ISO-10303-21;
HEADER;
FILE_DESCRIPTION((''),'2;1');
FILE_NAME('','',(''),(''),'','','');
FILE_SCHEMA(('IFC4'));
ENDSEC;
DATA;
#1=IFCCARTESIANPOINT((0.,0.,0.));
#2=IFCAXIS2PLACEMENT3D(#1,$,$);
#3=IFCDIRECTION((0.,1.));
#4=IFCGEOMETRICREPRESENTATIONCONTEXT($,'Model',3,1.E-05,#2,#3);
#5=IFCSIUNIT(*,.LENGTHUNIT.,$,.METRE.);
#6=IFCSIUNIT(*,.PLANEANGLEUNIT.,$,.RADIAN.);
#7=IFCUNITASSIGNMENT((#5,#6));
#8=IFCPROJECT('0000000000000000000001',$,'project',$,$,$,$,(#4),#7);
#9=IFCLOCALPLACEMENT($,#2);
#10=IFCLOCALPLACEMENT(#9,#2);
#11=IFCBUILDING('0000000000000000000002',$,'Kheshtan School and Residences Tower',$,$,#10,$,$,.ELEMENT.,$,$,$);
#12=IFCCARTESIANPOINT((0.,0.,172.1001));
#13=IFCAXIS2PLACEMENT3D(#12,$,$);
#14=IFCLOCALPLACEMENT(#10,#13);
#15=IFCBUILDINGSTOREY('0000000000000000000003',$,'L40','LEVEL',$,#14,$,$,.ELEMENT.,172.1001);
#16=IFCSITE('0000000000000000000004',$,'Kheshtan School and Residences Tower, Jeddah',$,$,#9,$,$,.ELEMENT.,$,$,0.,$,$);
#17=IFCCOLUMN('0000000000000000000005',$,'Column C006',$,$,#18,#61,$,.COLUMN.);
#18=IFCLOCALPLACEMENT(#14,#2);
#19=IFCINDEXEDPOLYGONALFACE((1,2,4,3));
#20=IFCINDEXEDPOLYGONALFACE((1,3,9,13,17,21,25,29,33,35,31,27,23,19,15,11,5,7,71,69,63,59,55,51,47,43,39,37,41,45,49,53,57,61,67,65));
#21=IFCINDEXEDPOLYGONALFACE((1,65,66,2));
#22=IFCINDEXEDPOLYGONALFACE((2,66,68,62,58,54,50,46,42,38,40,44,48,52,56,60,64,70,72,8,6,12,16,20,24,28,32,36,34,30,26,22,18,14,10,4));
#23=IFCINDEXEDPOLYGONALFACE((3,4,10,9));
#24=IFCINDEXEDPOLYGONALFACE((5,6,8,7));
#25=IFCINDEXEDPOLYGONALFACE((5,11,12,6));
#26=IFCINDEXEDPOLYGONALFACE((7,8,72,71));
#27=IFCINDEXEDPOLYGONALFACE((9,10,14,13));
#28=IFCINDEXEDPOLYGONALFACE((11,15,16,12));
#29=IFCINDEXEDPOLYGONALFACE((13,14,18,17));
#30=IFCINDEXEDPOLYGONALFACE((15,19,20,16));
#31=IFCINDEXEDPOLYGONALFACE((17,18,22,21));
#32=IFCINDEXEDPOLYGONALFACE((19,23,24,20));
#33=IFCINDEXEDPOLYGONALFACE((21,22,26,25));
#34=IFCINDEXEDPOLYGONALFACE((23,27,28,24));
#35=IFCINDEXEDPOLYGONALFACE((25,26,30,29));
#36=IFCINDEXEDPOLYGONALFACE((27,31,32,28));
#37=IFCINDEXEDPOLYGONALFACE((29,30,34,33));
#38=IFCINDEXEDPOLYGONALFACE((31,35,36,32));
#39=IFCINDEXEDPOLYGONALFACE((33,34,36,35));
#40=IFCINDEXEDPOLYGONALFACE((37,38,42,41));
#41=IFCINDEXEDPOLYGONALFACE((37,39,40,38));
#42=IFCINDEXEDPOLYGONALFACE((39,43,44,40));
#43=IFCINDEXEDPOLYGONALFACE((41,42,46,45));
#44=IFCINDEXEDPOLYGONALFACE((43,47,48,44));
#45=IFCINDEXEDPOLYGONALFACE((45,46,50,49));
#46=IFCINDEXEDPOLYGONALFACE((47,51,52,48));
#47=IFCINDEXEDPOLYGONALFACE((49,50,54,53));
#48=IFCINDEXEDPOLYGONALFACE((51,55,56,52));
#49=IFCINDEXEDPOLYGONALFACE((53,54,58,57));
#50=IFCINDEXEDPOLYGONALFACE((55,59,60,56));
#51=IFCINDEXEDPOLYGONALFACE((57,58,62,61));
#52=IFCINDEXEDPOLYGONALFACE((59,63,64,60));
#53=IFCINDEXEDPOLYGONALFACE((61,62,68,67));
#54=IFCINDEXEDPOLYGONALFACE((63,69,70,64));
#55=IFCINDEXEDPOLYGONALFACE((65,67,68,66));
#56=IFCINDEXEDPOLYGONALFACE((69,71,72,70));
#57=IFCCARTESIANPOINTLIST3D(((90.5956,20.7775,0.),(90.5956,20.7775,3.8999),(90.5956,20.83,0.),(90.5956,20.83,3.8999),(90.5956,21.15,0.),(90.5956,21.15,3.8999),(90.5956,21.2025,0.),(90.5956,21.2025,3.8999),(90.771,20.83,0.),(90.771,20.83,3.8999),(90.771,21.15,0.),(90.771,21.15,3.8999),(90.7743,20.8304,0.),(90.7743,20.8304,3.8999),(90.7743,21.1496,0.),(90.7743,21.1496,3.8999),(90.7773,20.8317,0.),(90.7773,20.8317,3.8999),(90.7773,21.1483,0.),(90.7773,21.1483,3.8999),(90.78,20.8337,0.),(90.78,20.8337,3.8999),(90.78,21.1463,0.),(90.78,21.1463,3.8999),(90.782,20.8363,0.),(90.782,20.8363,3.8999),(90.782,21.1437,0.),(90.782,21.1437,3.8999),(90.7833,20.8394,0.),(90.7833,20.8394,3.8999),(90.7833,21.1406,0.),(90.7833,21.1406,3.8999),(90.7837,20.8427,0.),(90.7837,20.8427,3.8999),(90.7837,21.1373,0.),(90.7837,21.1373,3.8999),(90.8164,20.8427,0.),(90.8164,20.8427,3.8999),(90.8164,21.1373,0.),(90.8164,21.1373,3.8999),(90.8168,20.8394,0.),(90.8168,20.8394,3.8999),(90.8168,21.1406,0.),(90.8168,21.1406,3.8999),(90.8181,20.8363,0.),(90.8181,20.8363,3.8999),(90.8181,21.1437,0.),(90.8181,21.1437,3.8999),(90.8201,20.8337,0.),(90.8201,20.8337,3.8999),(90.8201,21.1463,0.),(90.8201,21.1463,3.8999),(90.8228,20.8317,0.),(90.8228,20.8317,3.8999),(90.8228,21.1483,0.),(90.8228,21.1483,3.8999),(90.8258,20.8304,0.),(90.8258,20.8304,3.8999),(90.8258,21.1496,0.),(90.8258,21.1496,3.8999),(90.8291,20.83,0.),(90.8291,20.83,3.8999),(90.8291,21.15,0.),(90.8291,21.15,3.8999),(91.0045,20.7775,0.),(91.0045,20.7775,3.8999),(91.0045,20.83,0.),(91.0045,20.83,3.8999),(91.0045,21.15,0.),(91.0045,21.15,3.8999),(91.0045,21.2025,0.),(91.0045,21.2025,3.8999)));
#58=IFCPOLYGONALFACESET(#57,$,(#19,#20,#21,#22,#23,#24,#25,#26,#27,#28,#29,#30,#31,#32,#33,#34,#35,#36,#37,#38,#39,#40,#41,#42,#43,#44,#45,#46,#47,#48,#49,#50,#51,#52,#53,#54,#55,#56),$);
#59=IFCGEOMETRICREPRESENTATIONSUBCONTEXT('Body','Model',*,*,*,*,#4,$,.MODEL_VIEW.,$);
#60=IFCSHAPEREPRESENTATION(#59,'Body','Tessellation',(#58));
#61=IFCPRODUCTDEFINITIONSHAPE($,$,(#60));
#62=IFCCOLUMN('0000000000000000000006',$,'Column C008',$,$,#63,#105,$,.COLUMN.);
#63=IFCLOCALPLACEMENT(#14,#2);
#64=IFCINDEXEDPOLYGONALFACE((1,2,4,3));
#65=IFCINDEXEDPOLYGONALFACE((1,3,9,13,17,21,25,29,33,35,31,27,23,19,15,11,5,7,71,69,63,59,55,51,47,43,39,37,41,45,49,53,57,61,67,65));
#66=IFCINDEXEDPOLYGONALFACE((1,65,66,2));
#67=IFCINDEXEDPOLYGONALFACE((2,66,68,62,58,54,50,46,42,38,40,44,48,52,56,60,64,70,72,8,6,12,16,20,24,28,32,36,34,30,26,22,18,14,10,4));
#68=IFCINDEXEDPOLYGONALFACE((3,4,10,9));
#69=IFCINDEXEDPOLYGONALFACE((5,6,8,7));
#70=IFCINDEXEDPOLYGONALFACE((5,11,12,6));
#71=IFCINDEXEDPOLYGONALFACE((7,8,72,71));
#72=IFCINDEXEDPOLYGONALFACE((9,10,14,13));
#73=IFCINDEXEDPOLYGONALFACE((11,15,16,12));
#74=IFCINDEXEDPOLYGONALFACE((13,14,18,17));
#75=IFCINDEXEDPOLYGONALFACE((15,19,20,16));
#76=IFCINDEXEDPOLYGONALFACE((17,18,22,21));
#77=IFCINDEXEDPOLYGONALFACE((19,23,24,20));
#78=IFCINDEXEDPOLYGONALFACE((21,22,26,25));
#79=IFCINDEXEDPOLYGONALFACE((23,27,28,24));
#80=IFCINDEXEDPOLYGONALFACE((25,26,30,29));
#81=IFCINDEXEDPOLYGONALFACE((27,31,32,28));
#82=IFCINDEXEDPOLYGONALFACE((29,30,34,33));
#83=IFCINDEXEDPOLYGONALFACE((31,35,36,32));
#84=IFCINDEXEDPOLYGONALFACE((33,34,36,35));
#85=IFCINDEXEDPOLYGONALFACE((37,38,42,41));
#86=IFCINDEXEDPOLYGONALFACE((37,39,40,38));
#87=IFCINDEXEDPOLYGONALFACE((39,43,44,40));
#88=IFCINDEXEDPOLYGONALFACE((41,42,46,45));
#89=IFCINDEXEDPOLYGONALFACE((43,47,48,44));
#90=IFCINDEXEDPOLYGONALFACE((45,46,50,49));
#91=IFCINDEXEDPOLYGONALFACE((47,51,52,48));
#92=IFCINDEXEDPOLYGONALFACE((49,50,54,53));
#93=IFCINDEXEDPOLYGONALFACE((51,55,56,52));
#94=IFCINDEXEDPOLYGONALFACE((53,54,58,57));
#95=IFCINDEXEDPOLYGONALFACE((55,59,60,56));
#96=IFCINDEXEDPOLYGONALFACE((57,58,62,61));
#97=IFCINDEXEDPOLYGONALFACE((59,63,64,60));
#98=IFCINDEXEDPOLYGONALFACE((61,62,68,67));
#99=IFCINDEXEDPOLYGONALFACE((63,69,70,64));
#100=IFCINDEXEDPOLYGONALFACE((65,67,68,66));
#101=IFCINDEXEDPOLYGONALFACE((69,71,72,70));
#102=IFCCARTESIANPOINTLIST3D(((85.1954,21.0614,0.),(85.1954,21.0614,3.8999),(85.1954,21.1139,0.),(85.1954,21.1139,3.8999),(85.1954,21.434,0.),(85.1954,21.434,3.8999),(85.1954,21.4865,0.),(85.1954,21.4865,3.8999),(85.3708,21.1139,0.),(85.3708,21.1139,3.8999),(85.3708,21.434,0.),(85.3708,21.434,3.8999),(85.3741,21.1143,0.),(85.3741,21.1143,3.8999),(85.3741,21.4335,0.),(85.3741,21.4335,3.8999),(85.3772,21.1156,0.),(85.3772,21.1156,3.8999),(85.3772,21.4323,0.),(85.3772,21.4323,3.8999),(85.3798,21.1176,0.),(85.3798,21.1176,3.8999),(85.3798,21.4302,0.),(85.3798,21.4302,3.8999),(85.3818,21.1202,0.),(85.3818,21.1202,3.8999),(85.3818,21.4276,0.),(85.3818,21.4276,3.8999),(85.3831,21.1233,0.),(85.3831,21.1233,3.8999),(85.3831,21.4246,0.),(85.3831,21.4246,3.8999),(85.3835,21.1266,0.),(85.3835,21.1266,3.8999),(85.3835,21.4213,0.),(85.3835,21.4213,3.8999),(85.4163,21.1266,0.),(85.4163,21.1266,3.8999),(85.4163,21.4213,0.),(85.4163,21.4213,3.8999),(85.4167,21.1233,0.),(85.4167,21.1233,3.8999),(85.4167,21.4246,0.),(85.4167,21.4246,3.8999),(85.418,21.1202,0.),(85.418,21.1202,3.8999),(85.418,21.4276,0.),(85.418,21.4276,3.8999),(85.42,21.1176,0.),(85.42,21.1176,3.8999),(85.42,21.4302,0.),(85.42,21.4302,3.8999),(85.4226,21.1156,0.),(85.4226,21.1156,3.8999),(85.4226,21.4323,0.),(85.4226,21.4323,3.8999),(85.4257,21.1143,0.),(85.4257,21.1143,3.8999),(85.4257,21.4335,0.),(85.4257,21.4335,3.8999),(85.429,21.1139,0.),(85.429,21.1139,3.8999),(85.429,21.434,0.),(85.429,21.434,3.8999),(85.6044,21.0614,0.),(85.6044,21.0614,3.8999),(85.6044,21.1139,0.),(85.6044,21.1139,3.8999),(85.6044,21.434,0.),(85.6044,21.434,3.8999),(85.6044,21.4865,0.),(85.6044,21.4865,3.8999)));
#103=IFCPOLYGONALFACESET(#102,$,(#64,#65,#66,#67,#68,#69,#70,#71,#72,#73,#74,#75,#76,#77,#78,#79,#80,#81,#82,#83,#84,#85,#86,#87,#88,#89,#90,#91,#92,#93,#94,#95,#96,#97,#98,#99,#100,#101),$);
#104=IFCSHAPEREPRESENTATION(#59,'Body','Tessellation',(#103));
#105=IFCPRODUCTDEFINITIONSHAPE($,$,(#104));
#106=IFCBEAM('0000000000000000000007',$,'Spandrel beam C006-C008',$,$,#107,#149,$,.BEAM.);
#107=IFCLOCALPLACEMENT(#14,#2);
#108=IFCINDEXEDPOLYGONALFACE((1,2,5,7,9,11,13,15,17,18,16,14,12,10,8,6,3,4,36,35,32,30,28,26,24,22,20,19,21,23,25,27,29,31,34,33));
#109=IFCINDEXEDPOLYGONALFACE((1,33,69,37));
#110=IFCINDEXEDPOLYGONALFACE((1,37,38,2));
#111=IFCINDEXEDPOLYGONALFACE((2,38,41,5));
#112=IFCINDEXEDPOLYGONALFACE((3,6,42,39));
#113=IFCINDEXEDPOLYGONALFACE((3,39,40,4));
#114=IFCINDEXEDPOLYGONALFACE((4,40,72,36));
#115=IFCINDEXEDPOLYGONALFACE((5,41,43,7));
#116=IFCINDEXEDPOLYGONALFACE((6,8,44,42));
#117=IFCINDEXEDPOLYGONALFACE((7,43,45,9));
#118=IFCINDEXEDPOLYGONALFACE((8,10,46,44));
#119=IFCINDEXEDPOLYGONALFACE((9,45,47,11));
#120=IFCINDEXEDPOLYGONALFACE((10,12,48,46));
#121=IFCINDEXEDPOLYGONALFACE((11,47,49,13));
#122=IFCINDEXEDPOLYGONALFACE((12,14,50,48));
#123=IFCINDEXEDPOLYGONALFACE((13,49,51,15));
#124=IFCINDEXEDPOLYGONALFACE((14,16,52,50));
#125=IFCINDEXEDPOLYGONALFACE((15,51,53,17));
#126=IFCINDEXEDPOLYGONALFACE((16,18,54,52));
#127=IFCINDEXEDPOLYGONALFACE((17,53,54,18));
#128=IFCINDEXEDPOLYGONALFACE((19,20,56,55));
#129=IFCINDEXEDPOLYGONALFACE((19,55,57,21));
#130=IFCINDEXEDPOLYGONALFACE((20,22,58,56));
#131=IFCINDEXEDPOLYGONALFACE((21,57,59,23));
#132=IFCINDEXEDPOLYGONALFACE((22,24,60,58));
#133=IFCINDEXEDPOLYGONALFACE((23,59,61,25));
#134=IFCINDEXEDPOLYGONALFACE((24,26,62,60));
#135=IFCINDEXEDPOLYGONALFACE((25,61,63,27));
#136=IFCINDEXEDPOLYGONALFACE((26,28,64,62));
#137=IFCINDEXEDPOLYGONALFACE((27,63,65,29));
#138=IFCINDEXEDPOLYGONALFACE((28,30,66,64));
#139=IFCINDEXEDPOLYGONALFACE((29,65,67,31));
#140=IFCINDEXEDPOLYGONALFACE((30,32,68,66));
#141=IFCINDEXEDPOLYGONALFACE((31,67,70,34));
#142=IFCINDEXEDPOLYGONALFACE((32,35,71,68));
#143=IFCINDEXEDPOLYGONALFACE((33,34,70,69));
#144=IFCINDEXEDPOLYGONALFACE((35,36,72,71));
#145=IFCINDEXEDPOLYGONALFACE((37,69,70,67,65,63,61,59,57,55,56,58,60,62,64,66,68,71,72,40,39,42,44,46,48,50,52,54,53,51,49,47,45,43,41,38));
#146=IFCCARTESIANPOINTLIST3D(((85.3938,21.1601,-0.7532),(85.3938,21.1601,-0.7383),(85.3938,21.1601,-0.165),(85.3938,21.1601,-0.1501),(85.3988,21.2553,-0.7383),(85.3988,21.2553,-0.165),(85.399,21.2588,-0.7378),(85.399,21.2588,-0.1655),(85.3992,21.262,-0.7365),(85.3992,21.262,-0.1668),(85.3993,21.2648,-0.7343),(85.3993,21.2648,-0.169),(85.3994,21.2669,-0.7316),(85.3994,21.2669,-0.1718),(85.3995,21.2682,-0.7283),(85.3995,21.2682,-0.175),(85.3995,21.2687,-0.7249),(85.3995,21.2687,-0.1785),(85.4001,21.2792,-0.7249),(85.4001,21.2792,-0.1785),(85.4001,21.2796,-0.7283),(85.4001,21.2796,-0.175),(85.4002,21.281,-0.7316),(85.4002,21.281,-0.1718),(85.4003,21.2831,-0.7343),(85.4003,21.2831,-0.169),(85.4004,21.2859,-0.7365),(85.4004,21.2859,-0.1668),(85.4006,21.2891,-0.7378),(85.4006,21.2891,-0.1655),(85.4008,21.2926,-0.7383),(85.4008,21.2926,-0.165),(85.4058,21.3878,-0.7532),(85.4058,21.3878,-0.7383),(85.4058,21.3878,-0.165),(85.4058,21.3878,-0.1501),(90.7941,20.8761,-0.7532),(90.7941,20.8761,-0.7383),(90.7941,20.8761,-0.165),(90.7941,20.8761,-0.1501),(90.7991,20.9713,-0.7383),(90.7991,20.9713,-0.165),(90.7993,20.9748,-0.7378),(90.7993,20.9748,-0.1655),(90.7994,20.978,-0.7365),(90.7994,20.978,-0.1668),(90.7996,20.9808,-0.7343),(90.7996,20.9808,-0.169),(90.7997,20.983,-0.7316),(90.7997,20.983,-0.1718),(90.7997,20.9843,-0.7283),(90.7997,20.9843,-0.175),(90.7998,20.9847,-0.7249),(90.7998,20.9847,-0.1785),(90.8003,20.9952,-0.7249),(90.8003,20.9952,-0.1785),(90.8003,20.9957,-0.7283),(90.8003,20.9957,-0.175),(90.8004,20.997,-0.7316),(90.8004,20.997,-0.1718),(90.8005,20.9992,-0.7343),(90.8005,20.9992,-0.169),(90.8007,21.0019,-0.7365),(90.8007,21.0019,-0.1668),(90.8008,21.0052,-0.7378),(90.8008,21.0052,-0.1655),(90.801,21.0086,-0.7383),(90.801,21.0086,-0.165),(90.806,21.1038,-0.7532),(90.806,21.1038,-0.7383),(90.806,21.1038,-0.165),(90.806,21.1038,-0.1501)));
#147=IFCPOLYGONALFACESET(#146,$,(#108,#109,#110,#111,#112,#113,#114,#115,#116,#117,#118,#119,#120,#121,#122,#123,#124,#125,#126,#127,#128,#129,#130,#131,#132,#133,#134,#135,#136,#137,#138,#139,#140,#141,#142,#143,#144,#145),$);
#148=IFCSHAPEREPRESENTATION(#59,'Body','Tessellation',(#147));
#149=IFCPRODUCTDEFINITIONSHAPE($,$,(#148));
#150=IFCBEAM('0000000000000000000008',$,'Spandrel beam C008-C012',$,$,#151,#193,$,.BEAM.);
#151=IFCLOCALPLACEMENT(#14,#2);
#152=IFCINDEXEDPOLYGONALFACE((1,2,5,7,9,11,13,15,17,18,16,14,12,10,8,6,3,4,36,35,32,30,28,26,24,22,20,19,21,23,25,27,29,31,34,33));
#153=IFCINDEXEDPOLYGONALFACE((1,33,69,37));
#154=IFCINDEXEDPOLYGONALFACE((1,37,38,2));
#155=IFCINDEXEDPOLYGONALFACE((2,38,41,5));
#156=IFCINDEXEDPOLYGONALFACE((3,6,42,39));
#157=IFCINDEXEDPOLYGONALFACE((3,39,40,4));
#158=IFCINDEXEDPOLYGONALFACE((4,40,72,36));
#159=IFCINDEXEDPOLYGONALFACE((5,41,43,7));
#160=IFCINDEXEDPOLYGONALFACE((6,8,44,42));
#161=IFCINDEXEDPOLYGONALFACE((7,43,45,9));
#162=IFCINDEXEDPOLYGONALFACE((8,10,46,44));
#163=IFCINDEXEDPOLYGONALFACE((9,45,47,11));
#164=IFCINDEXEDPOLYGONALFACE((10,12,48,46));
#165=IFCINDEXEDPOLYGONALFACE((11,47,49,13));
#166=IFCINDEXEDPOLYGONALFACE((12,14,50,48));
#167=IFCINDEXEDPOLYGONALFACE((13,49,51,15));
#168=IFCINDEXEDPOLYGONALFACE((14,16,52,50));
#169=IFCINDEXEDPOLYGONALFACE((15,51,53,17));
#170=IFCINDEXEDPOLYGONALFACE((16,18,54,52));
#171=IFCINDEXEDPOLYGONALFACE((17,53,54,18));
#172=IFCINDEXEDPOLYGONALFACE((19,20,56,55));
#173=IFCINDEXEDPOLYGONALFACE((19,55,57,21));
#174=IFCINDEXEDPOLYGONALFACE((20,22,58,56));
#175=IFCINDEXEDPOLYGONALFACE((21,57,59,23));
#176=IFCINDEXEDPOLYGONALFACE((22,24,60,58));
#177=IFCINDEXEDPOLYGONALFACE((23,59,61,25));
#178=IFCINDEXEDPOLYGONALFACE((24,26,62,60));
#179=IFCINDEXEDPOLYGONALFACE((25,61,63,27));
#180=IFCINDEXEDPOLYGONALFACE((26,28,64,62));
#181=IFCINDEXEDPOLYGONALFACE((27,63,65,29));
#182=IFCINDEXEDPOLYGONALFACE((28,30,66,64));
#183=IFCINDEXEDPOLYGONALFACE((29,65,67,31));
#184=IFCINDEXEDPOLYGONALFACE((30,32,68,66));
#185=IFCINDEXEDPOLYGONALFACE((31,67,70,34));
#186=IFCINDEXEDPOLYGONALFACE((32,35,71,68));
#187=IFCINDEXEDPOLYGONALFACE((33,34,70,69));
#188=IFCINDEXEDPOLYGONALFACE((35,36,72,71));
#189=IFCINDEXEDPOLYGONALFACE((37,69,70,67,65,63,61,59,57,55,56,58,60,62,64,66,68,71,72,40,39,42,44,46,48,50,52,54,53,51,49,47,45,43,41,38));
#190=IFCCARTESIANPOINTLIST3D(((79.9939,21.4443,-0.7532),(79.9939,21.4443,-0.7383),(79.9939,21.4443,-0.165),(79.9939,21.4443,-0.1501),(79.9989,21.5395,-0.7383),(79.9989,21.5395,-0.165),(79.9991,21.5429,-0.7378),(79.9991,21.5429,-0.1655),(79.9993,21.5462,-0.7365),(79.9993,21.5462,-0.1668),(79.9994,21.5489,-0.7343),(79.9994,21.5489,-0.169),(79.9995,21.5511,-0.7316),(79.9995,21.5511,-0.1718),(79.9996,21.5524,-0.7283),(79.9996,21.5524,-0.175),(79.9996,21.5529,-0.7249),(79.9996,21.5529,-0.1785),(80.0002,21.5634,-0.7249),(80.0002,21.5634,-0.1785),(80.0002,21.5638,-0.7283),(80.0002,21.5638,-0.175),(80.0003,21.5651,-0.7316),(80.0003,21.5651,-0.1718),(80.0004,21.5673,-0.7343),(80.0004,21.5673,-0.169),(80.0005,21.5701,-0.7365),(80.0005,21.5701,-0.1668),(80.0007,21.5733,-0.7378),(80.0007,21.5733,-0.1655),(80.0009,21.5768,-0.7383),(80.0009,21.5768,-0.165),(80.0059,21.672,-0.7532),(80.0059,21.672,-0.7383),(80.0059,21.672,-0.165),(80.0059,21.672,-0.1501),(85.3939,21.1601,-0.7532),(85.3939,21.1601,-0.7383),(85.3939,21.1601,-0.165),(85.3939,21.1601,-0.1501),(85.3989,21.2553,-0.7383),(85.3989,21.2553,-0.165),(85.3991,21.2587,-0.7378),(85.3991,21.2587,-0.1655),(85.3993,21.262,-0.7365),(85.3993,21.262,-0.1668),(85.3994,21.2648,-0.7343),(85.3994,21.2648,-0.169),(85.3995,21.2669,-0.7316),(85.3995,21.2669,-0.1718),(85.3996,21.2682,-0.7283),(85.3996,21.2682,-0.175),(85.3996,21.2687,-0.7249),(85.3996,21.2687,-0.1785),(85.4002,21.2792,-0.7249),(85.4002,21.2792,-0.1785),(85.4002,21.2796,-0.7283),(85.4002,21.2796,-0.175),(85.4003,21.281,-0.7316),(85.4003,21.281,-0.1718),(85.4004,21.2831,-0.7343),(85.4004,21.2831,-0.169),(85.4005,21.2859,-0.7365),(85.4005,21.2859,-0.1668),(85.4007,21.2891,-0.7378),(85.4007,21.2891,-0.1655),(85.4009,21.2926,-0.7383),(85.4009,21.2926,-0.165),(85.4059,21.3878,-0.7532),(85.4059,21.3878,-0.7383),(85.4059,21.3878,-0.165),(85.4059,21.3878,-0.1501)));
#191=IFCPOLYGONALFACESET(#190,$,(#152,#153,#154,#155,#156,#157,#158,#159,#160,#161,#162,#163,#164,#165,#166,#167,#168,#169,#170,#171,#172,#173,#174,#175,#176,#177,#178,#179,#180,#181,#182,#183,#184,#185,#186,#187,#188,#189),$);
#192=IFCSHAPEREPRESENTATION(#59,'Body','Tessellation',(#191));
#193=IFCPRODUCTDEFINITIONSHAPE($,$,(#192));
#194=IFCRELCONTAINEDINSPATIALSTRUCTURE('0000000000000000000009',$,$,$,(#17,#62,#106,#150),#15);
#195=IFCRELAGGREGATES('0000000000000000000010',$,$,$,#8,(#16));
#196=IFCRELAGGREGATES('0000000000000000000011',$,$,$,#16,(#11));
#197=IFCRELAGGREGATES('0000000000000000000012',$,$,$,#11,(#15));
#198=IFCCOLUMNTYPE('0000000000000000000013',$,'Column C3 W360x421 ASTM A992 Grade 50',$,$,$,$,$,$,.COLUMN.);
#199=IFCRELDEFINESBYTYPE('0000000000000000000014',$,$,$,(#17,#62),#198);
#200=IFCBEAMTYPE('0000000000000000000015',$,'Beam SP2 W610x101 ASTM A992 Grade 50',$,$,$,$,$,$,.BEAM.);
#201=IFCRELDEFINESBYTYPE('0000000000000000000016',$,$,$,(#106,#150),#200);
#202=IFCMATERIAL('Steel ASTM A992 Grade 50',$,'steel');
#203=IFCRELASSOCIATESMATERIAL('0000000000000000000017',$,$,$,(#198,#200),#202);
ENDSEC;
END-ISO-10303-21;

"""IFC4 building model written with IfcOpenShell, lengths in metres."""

from ifc_helpers import new_model, si_unit, direction, frame, origin, origin_2d, place, context, subcontext, project, spatial, i_section, extrude, material, material_profile, profile_set, type_object, element, save


model = new_model("IFC4")

# Units and contexts
model_context = context("Model", 3, precision=1e-05, world=origin(), true_north=direction((0.0, 1.0)))
body_context = subcontext(model_context, "Body", "Model", "MODEL_VIEW")
ifc_project = project(units=[si_unit("LENGTHUNIT", "METRE"), si_unit("PLANEANGLEUNIT", "RADIAN")], contexts=[model_context])

# Site, building, storey
site_placement = place(None, origin())
site = spatial("IfcSite", under=ifc_project, at=site_placement, Name="Kheshtan School and Residences Tower, Jeddah", CompositionType="ELEMENT", RefElevation=0.0)
building_placement = place(site_placement, origin())
building = spatial("IfcBuilding", under=site, at=building_placement, Name="Kheshtan School and Residences Tower", CompositionType="ELEMENT")
storey_placement = place(building_placement, frame((0.0, 0.0, 172.1001)))
storey = spatial("IfcBuildingStorey", under=building, at=storey_placement, Name="L40", Description="LEVEL", CompositionType="ELEMENT", Elevation=172.1001)

# Columns
ifc_material_1 = material(Name="Steel ASTM A992 Grade 50", Category="steel")
ifc_material_profile_1 = material_profile(ifc_material_1, i_section(OverallWidth=0.4089, OverallDepth=0.425, WebThickness=0.0327, FlangeThickness=0.0525, FilletRadius=0.0127, at=origin_2d()), Name="W360x421")
ifc_profile_set_1 = profile_set([ifc_material_profile_1], Name="Steel ASTM A992 Grade 50")
column_type = type_object("IfcColumnType", Name="Column C3 W360x421 ASTM A992 Grade 50", PredefinedType="COLUMN", material=ifc_profile_set_1)
for number, where, z_axis, x_axis, name in (
    (1, (90.8, 20.99, 0.0), (0.0, 0.0, 1.0), (1.0, 0.0, 0.0), "Column C006"),
    (2, (85.3999, 21.2739, 0.0), (0.0, 0.0, 1.0), (1.0, 0.0, 0.0), "Column C008"),
):
    element("IfcColumn", number, at=place(storey_placement, frame(where, z_axis=z_axis, x_axis=x_axis)), inside=storey, type_object=column_type, Name=name, PredefinedType="COLUMN", context=body_context, shape_type="SweptSolid", body=[
        extrude(i_section(OverallWidth=0.4089, OverallDepth=0.425, WebThickness=0.0327, FlangeThickness=0.0525, FilletRadius=0.0127, at=origin_2d()), origin(), (0.0, 0.0, 1.0), 3.8999),
    ])

# Beams
ifc_material_profile_2 = material_profile(ifc_material_1, i_section(OverallWidth=0.228, OverallDepth=0.603, WebThickness=0.0105, FlangeThickness=0.0149, FilletRadius=0.0134, at=origin_2d()), Name="W610x101")
ifc_profile_set_2 = profile_set([ifc_material_profile_2], Name="Steel ASTM A992 Grade 50")
beam_type = type_object("IfcBeamType", Name="Beam SP2 W610x101 ASTM A992 Grade 50", PredefinedType="BEAM", material=ifc_profile_set_2)
beam_1_placement = place(storey_placement, frame((90.8, 20.99, -0.4517), z_axis=(-0.998621, 0.052507, 0.0), x_axis=(-0.052507, -0.998621, 0.0)))
element("IfcBeam", 3, at=beam_1_placement, inside=storey, type_object=beam_type, Name="Spandrel beam C006-C008", PredefinedType="BEAM", context=body_context, shape_type="SweptSolid", body=[
    extrude(i_section(OverallWidth=0.228, OverallDepth=0.603, WebThickness=0.0105, FlangeThickness=0.0149, FilletRadius=0.0134, at=origin_2d()), origin(), (0.0, 0.0, 1.0), 5.4077),
])
beam_2_placement = place(storey_placement, frame((85.3999, 21.2739, -0.4517), z_axis=(-0.998618, 0.052554, 0.0), x_axis=(-0.052554, -0.998618, 0.0)))
element("IfcBeam", 4, at=beam_2_placement, inside=storey, type_object=beam_type, Name="Spandrel beam C008-C012", PredefinedType="BEAM", context=body_context, shape_type="SweptSolid", body=[
    extrude(i_section(OverallWidth=0.228, OverallDepth=0.603, WebThickness=0.0105, FlangeThickness=0.0149, FilletRadius=0.0134, at=origin_2d()), origin(), (0.0, 0.0, 1.0), 5.4075),
])

save(model, "model.ifc")
